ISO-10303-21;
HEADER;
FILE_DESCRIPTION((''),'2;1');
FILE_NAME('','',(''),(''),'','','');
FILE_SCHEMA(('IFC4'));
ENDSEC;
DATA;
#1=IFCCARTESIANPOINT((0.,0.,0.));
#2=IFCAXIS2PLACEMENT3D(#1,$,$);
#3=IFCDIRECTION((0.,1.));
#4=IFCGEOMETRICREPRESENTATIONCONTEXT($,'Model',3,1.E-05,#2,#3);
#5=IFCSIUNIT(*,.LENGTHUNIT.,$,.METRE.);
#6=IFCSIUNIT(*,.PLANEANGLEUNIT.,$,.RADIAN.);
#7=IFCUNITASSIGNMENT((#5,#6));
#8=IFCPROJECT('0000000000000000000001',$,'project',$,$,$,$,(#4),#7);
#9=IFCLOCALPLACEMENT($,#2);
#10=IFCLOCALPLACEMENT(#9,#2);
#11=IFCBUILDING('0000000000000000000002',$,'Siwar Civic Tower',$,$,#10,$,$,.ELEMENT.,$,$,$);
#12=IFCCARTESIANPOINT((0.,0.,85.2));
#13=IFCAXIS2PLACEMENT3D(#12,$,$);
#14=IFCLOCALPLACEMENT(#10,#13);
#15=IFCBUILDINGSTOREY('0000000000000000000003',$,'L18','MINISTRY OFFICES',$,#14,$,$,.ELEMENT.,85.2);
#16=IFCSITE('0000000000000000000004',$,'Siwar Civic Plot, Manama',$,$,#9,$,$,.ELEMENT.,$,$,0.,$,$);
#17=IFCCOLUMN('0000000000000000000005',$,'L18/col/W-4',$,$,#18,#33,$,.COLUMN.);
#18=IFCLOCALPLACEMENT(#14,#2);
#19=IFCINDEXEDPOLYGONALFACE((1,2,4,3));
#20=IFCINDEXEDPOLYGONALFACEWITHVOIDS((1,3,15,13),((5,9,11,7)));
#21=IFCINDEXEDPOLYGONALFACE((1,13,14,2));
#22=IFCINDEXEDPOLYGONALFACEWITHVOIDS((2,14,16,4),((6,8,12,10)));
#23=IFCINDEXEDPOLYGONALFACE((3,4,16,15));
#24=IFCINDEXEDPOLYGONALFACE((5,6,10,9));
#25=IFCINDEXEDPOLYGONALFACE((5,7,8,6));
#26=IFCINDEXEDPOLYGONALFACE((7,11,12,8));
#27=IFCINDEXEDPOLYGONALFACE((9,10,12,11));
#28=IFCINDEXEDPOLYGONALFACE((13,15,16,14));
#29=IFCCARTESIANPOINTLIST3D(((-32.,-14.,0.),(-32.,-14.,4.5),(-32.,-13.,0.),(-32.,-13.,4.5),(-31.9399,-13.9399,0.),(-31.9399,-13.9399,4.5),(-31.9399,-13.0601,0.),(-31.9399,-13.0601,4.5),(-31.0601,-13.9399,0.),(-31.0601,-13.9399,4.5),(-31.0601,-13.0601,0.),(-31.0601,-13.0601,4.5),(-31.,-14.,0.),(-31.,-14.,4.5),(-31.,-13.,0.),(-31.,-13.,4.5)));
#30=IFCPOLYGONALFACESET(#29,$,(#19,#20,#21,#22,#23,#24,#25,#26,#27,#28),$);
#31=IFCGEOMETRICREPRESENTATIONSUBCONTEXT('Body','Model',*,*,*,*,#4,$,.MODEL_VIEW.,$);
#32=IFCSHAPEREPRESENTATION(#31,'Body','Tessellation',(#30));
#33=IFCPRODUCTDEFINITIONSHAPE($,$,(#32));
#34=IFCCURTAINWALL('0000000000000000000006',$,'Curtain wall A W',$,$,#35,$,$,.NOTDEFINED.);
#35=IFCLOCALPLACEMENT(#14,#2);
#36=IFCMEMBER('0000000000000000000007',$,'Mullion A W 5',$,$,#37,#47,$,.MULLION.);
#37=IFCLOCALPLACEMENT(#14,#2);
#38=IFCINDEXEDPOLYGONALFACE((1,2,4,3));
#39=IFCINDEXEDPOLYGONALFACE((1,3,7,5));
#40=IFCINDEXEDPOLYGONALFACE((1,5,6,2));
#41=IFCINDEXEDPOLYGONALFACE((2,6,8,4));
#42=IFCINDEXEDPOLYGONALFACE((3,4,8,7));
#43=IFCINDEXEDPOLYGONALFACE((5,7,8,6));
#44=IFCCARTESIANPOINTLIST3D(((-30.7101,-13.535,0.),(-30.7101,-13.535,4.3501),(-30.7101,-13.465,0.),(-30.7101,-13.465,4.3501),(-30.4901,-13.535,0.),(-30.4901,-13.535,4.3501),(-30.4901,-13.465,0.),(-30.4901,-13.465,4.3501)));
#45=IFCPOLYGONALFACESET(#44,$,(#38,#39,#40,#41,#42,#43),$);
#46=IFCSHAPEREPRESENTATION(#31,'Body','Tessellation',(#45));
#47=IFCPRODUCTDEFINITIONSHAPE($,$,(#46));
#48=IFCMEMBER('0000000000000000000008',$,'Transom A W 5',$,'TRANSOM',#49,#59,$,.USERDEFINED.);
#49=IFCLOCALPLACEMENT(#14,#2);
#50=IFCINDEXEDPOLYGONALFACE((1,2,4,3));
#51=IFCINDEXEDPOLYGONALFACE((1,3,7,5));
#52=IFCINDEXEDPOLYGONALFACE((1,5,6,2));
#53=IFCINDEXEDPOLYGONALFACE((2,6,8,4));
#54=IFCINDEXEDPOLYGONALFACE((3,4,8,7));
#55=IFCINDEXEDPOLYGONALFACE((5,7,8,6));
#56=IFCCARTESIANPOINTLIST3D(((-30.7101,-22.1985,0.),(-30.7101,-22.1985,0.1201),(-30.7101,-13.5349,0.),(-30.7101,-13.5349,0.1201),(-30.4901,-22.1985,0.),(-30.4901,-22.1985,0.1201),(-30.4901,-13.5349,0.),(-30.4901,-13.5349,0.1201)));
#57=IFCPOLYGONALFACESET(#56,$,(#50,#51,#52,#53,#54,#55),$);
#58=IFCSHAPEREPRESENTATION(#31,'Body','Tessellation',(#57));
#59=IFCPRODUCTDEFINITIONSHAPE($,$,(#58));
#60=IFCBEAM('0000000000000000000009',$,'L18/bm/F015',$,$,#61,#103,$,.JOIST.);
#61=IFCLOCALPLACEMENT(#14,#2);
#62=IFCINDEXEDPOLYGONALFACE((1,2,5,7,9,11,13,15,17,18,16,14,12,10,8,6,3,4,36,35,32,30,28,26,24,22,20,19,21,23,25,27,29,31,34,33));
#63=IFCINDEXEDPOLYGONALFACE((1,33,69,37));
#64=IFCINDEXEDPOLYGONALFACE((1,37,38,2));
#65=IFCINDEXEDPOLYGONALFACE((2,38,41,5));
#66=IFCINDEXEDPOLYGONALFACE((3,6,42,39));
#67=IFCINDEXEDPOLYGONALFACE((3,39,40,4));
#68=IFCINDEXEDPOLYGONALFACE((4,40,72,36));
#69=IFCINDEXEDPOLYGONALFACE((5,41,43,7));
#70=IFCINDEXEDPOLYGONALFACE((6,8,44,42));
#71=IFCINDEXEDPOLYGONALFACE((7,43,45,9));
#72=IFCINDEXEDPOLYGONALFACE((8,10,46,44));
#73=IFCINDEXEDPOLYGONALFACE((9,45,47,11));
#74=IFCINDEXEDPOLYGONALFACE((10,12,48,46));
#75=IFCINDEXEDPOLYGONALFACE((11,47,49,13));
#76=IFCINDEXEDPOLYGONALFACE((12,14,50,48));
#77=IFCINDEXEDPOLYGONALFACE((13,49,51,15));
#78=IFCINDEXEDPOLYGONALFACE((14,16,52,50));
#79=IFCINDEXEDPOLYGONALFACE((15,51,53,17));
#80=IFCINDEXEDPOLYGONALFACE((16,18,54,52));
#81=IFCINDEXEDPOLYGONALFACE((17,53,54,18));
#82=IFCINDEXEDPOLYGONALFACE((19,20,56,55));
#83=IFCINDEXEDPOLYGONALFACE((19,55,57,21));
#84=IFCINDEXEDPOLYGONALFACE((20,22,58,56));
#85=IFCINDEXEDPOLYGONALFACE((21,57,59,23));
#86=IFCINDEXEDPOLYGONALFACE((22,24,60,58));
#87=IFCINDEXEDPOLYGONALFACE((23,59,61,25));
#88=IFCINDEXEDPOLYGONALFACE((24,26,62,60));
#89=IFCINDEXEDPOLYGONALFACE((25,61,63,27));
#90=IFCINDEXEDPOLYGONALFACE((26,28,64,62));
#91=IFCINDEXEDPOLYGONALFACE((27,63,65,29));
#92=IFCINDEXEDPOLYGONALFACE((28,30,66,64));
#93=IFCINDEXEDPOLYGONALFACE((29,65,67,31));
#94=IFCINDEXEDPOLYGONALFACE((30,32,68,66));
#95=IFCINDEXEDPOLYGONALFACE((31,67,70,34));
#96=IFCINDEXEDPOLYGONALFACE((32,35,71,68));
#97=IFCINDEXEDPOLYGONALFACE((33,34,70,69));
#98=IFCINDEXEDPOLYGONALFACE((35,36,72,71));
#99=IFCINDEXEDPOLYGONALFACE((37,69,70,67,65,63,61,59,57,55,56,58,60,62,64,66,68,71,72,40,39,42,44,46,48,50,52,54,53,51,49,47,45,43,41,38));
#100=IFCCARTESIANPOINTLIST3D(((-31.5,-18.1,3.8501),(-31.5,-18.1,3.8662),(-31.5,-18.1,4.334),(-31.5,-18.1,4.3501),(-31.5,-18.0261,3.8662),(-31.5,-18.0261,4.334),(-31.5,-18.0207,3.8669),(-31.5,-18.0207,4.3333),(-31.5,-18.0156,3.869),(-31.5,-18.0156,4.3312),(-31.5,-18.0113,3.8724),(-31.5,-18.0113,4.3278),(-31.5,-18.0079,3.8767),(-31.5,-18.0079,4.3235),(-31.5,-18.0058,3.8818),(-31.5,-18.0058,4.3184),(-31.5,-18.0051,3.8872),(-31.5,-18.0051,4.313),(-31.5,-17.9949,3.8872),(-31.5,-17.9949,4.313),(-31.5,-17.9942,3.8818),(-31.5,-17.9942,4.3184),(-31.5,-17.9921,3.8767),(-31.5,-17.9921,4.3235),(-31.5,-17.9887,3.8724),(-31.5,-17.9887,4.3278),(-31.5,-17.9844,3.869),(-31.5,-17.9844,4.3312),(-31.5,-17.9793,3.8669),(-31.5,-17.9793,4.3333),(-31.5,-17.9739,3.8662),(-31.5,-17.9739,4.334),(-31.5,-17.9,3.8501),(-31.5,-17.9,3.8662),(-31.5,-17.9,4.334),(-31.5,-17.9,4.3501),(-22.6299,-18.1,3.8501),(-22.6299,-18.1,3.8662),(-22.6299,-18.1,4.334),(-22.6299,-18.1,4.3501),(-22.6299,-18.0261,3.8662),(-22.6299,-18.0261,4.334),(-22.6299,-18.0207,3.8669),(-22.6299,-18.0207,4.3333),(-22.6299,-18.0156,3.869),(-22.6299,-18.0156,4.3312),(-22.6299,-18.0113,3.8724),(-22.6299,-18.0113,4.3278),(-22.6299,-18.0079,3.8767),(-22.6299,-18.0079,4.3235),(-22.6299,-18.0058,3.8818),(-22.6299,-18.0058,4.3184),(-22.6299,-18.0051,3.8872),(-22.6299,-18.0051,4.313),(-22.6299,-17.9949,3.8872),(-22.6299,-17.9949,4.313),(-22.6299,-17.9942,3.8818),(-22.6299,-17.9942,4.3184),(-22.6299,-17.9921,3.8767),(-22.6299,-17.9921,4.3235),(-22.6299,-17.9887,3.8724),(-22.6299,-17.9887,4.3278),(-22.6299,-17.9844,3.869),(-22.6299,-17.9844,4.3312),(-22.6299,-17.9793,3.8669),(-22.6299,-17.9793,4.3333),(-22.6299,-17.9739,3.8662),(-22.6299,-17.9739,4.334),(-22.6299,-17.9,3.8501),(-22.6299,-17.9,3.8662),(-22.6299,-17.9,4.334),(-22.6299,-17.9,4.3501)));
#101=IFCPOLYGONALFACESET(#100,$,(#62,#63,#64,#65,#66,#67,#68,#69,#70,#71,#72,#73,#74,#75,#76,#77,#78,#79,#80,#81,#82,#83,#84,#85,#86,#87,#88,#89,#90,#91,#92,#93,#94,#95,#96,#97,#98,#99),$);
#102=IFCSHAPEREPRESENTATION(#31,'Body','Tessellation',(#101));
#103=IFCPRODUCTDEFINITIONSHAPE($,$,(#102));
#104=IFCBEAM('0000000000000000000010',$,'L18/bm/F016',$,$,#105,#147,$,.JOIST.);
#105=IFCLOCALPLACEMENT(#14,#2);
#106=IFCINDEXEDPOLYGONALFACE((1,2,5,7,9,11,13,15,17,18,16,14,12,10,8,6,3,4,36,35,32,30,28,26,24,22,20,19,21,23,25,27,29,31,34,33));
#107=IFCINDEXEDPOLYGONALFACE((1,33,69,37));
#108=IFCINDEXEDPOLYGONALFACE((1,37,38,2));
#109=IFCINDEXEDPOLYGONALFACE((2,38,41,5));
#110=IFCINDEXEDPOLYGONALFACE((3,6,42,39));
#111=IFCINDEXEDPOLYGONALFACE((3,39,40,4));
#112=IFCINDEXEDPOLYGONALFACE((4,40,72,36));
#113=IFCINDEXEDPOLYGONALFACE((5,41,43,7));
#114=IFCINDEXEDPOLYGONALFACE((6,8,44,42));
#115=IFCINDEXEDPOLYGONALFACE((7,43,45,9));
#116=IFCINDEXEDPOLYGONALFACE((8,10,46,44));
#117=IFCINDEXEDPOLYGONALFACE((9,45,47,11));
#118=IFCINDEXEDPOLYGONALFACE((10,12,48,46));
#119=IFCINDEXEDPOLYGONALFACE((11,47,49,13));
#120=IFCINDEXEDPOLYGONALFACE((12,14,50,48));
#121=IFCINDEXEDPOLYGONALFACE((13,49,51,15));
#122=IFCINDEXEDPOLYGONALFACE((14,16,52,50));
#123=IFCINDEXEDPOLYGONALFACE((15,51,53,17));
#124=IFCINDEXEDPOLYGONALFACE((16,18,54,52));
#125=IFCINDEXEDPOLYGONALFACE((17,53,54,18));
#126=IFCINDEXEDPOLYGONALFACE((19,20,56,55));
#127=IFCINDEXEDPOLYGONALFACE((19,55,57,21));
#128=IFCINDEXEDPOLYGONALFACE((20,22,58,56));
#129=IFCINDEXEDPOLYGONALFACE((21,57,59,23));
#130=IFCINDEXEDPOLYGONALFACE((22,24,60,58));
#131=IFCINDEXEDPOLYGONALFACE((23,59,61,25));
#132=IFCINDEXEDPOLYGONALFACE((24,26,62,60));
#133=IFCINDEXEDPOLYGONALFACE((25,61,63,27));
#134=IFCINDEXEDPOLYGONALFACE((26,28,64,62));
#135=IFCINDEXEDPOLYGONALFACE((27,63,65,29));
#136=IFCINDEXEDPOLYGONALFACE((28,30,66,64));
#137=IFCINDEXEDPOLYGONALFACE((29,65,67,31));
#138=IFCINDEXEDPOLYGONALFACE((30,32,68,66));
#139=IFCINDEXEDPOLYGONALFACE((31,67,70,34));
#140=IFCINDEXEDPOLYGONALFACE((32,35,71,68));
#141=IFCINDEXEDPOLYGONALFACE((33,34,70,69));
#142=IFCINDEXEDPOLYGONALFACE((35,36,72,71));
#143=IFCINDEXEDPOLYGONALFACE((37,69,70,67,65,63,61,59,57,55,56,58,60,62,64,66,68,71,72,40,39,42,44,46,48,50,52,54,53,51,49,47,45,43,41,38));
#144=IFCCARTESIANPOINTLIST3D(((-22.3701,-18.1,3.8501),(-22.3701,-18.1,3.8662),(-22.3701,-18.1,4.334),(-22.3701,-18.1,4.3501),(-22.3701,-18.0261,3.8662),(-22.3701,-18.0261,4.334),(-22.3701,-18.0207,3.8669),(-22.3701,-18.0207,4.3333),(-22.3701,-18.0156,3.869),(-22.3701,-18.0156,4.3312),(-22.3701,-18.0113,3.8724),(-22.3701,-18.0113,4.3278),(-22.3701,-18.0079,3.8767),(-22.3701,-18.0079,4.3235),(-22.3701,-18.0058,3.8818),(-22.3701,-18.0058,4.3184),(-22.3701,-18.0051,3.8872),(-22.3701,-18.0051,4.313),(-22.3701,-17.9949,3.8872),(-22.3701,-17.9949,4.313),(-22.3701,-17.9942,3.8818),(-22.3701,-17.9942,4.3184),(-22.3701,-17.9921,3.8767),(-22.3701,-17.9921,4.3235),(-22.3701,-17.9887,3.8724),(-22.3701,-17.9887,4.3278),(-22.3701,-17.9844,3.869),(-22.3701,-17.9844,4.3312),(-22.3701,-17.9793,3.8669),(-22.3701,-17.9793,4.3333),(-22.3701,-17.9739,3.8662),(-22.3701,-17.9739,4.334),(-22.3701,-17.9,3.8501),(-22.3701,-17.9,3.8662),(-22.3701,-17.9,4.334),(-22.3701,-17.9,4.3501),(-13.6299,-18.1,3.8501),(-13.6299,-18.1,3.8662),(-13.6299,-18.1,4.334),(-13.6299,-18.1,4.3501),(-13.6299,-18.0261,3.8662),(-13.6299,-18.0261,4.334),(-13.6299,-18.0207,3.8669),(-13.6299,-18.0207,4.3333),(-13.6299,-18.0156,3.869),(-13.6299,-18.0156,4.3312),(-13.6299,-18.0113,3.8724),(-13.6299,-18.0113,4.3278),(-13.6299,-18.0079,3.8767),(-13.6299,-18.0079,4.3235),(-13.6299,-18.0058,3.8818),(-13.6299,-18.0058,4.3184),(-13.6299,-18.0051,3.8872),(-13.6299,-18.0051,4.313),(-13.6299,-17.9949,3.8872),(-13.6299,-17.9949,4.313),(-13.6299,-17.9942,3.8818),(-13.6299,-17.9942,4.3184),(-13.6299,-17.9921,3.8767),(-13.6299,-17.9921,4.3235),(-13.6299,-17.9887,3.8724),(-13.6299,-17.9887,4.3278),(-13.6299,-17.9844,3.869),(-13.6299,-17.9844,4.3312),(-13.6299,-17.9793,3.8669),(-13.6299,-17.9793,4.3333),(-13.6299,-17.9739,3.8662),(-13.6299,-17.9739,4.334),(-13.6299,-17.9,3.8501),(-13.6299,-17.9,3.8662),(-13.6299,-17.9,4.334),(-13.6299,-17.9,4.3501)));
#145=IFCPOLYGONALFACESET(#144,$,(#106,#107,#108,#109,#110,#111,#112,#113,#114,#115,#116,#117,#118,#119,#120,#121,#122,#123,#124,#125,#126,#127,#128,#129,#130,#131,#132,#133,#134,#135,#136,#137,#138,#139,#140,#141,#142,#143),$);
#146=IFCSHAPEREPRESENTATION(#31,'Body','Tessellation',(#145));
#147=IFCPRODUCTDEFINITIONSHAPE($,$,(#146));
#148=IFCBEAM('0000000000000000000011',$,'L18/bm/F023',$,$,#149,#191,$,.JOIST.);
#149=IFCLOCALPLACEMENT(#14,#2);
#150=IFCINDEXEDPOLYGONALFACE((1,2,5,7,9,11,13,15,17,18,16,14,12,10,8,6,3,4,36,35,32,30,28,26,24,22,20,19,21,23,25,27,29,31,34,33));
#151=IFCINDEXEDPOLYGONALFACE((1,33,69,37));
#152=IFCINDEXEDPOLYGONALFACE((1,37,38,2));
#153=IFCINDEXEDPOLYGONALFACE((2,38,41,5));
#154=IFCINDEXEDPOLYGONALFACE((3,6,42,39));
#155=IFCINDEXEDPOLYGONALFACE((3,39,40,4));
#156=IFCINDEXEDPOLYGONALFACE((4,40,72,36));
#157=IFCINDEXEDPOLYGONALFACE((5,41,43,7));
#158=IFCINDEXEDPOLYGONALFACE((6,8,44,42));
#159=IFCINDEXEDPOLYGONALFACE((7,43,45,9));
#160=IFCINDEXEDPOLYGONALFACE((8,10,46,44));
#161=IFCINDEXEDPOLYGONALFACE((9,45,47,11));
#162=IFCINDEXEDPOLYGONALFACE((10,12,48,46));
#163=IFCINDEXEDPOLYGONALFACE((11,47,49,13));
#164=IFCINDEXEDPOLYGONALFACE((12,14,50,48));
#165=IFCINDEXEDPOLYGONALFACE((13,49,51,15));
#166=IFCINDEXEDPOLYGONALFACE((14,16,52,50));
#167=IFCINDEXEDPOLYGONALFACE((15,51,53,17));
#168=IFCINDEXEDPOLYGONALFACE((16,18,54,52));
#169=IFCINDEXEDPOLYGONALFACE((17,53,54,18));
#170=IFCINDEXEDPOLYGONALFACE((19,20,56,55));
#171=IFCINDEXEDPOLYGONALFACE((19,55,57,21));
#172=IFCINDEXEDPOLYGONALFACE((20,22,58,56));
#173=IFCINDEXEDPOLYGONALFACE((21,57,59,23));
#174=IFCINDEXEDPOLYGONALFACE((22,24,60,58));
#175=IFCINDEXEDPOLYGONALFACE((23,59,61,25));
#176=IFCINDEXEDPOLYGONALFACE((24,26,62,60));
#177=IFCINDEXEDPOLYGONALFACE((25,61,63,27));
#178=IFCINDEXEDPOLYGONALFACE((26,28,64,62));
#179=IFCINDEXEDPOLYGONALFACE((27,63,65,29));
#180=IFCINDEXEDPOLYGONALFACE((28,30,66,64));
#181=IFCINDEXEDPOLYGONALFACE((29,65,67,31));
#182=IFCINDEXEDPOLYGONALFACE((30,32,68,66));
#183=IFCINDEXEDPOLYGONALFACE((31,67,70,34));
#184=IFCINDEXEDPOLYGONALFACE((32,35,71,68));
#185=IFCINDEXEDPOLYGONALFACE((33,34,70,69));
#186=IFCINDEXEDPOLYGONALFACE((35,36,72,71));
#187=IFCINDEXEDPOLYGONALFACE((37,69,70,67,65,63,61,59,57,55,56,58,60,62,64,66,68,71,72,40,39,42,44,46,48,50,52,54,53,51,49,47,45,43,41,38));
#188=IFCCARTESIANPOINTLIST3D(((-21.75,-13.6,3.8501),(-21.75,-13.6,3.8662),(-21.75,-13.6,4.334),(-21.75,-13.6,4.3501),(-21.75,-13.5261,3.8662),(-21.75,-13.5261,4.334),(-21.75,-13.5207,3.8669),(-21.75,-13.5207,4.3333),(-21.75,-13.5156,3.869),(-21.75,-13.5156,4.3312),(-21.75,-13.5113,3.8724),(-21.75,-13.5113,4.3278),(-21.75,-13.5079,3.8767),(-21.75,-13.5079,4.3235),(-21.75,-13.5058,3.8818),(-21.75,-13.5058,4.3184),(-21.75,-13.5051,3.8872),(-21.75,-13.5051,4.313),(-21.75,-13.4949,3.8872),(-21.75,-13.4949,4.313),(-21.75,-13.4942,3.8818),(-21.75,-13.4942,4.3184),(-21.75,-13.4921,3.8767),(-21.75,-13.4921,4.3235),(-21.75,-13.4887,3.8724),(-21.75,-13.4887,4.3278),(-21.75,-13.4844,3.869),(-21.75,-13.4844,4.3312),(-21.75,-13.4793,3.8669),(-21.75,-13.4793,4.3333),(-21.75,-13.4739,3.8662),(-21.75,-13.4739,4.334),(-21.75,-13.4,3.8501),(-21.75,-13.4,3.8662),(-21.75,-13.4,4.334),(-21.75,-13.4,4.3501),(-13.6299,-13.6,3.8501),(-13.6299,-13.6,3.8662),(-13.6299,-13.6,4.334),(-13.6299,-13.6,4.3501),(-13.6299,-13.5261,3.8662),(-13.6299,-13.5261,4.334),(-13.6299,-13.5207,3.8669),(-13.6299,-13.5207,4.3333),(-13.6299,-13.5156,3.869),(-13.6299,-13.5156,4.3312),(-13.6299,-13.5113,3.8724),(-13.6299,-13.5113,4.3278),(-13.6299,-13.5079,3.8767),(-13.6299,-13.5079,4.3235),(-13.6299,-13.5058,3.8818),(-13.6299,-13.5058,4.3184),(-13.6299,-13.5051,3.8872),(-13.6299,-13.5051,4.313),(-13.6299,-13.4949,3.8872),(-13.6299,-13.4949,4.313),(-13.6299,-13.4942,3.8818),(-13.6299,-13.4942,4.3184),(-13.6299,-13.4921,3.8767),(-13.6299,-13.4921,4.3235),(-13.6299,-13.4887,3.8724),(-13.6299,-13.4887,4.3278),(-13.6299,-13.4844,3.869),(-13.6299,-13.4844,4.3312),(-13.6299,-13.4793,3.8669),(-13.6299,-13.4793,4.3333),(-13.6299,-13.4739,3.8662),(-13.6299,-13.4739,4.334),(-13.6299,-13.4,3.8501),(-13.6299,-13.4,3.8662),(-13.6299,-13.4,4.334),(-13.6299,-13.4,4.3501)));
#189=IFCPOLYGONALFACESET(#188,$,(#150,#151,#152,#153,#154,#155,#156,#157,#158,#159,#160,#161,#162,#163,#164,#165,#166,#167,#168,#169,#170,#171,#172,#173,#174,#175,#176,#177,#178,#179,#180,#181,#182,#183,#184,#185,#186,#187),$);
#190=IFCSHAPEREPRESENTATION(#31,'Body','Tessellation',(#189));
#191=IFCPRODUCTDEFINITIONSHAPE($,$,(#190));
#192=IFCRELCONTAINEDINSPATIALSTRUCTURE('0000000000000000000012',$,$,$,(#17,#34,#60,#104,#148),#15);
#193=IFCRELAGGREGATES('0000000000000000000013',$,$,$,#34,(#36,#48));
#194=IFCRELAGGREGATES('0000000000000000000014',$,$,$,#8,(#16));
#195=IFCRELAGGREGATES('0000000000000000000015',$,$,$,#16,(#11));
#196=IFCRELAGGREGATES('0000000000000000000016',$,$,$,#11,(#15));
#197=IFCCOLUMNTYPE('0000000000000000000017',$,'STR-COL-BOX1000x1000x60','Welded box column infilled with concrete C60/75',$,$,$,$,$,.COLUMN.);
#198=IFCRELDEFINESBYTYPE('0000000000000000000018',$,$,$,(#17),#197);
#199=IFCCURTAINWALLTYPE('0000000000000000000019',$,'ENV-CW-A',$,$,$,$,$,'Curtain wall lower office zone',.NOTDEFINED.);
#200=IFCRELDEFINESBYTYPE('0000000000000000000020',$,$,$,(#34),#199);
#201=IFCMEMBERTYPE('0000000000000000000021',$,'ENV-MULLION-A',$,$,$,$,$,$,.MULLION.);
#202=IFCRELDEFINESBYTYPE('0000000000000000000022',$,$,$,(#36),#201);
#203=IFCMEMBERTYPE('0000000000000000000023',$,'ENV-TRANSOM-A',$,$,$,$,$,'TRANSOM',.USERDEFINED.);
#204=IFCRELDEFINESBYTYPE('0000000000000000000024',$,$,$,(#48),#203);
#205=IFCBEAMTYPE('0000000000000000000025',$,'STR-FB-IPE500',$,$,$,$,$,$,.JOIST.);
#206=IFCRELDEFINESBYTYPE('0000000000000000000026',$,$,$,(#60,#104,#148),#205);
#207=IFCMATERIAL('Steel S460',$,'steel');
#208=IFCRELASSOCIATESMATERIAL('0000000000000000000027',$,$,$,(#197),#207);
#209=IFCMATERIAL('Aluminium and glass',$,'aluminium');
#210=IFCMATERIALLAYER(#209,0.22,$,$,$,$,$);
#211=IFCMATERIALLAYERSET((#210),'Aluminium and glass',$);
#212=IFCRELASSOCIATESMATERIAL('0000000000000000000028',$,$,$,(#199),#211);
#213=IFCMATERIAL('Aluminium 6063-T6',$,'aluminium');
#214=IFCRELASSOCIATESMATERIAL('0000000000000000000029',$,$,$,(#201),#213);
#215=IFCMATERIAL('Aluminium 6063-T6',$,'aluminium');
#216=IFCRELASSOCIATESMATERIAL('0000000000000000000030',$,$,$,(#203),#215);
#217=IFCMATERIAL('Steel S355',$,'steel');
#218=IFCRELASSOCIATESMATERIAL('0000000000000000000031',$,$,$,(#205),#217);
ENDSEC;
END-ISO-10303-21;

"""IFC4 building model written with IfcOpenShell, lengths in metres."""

from ifc_helpers import new_model, si_unit, direction, frame, origin, origin_2d, place, context, subcontext, project, spatial, rectangle, hollow_rectangle, i_section, extrude, material, layer, layer_set, material_profile, profile_set, type_object, element, aggregate, save


model = new_model("IFC4")

# Units and contexts
model_context = context("Model", 3, precision=1e-05, world=origin(), true_north=direction((0.0, 1.0)))
body_context = subcontext(model_context, "Body", "Model", "MODEL_VIEW")
ifc_project = project(units=[si_unit("LENGTHUNIT", "METRE"), si_unit("PLANEANGLEUNIT", "RADIAN")], contexts=[model_context])

# Site, building, storey
site_placement = place(None, origin())
site = spatial("IfcSite", under=ifc_project, at=site_placement, Name="Siwar Civic Plot, Manama", CompositionType="ELEMENT", RefElevation=0.0)
building_placement = place(site_placement, origin())
building = spatial("IfcBuilding", under=site, at=building_placement, Name="Siwar Civic Tower", CompositionType="ELEMENT")
storey_placement = place(building_placement, frame((0.0, 0.0, 85.2)))
storey = spatial("IfcBuildingStorey", under=building, at=storey_placement, Name="L18", Description="MINISTRY OFFICES", CompositionType="ELEMENT", Elevation=85.2)

# Column
ifc_material_1 = material(Name="Steel S460", Category="steel")
ifc_material_profile_1 = material_profile(ifc_material_1, hollow_rectangle(XDim=1.0, YDim=1.0, WallThickness=0.0601, at=origin_2d()), Name="BOX1000x1000x60")
ifc_profile_set_1 = profile_set([ifc_material_profile_1], Name="Steel S460")
column_type = type_object("IfcColumnType", Name="STR-COL-BOX1000x1000x60", Description="Welded box column infilled with concrete C60/75", PredefinedType="COLUMN", material=ifc_profile_set_1)
column_placement = place(storey_placement, frame((-31.5, -13.5, 0.0), z_axis=(0.0, 0.0, 1.0), x_axis=(1.0, 0.0, 0.0)))
element("IfcColumn", 1, at=column_placement, inside=storey, type_object=column_type, Name="L18/col/W-4", PredefinedType="COLUMN", context=body_context, shape_type="SweptSolid", body=[
    extrude(hollow_rectangle(XDim=1.0, YDim=1.0, WallThickness=0.0601, at=origin_2d()), origin(), (0.0, 0.0, 1.0), 4.5),
])

# Curtain wall, members
ifc_material_2 = material(Name="Aluminium and glass", Category="aluminium")
ifc_layer_1 = layer(ifc_material_2, 0.22)
ifc_layer_set_1 = layer_set([ifc_layer_1], Name="Aluminium and glass")
curtain_wall_type = type_object("IfcCurtainWallType", Name="ENV-CW-A", ElementType="Curtain wall lower office zone", PredefinedType="NOTDEFINED", material=ifc_layer_set_1)
curtain_wall_placement = place(storey_placement, origin())
curtain_wall = element("IfcCurtainWall", 2, at=curtain_wall_placement, inside=storey, type_object=curtain_wall_type, Name="Curtain wall A W", PredefinedType="NOTDEFINED")
ifc_material_3 = material(Name="Aluminium 6063-T6", Category="aluminium")
ifc_material_profile_2 = material_profile(ifc_material_3, rectangle(XDim=0.22, YDim=0.0701, at=origin_2d()), Name="AL 220x70")
ifc_profile_set_2 = profile_set([ifc_material_profile_2], Name="Aluminium 6063-T6")
member_type_1 = type_object("IfcMemberType", Name="ENV-MULLION-A", PredefinedType="MULLION", material=ifc_profile_set_2)
member_1_placement = place(storey_placement, frame((-30.6001, -13.5, 0.0), z_axis=(0.0, 0.0, 1.0), x_axis=(1.0, 0.0, 0.0)))
member_1 = element("IfcMember", 3, at=member_1_placement, type_object=member_type_1, Name="Mullion A W 5", PredefinedType="MULLION", context=body_context, shape_type="SweptSolid", body=[
    extrude(rectangle(XDim=0.22, YDim=0.0701, at=origin_2d()), origin(), (0.0, 0.0, 1.0), 4.3501),
])
ifc_material_4 = material(Name="Aluminium 6063-T6", Category="aluminium")
ifc_material_profile_3 = material_profile(ifc_material_4, rectangle(XDim=0.22, YDim=0.1201, at=origin_2d()), Name="AL 220x120")
ifc_profile_set_3 = profile_set([ifc_material_profile_3], Name="Aluminium 6063-T6")
member_type_2 = type_object("IfcMemberType", Name="ENV-TRANSOM-A", ElementType="TRANSOM", PredefinedType="USERDEFINED", material=ifc_profile_set_3)
member_2_placement = place(storey_placement, frame((-30.6001, -13.5349, 0.0601), z_axis=(0.0, -1.0, 0.0), x_axis=(1.0, 0.0, 0.0)))
member_2 = element("IfcMember", 4, at=member_2_placement, type_object=member_type_2, Name="Transom A W 5", ObjectType="TRANSOM", PredefinedType="USERDEFINED", context=body_context, shape_type="SweptSolid", body=[
    extrude(rectangle(XDim=0.22, YDim=0.1201, at=origin_2d()), origin(), (0.0, 0.0, 1.0), 8.6636),
])

# Beams
ifc_material_5 = material(Name="Steel S355", Category="steel")
ifc_material_profile_4 = material_profile(ifc_material_5, i_section(OverallWidth=0.2, OverallDepth=0.5, WebThickness=0.0103, FlangeThickness=0.0161, FilletRadius=0.021, at=origin_2d()), Name="IPE500")
ifc_profile_set_4 = profile_set([ifc_material_profile_4], Name="Steel S355")
beam_type_1 = type_object("IfcBeamType", Name="STR-FB-IPE500", PredefinedType="JOIST", material=ifc_profile_set_4)
beam_1_placement = place(storey_placement, frame((-31.5, -18.0, 4.1001), z_axis=(1.0, 0.0, 0.0), x_axis=(0.0, 1.0, 0.0)))
element("IfcBeam", 5, at=beam_1_placement, inside=storey, type_object=beam_type_1, Name="L18/bm/F015", PredefinedType="JOIST", context=body_context, shape_type="SweptSolid", body=[
    extrude(i_section(OverallWidth=0.2, OverallDepth=0.5, WebThickness=0.0103, FlangeThickness=0.0161, FilletRadius=0.021, at=origin_2d()), origin(), (0.0, 0.0, 1.0), 8.8701),
])
beam_2_placement = place(storey_placement, frame((-22.3701, -18.0, 4.1001), z_axis=(1.0, 0.0, 0.0), x_axis=(0.0, 1.0, 0.0)))
element("IfcBeam", 6, at=beam_2_placement, inside=storey, type_object=beam_type_1, Name="L18/bm/F016", PredefinedType="JOIST", context=body_context, shape_type="SweptSolid", body=[
    extrude(i_section(OverallWidth=0.2, OverallDepth=0.5, WebThickness=0.0103, FlangeThickness=0.0161, FilletRadius=0.021, at=origin_2d()), origin(), (0.0, 0.0, 1.0), 8.7402),
])
beam_3_placement = place(storey_placement, frame((-21.75, -13.5, 4.1001), z_axis=(1.0, 0.0, 0.0), x_axis=(0.0, 1.0, 0.0)))
element("IfcBeam", 7, at=beam_3_placement, inside=storey, type_object=beam_type_1, Name="L18/bm/F023", PredefinedType="JOIST", context=body_context, shape_type="SweptSolid", body=[
    extrude(i_section(OverallWidth=0.2, OverallDepth=0.5, WebThickness=0.0103, FlangeThickness=0.0161, FilletRadius=0.021, at=origin_2d()), origin(), (0.0, 0.0, 1.0), 8.1201),
])

aggregate(curtain_wall, [member_1, member_2])

save(model, "model.ifc")
